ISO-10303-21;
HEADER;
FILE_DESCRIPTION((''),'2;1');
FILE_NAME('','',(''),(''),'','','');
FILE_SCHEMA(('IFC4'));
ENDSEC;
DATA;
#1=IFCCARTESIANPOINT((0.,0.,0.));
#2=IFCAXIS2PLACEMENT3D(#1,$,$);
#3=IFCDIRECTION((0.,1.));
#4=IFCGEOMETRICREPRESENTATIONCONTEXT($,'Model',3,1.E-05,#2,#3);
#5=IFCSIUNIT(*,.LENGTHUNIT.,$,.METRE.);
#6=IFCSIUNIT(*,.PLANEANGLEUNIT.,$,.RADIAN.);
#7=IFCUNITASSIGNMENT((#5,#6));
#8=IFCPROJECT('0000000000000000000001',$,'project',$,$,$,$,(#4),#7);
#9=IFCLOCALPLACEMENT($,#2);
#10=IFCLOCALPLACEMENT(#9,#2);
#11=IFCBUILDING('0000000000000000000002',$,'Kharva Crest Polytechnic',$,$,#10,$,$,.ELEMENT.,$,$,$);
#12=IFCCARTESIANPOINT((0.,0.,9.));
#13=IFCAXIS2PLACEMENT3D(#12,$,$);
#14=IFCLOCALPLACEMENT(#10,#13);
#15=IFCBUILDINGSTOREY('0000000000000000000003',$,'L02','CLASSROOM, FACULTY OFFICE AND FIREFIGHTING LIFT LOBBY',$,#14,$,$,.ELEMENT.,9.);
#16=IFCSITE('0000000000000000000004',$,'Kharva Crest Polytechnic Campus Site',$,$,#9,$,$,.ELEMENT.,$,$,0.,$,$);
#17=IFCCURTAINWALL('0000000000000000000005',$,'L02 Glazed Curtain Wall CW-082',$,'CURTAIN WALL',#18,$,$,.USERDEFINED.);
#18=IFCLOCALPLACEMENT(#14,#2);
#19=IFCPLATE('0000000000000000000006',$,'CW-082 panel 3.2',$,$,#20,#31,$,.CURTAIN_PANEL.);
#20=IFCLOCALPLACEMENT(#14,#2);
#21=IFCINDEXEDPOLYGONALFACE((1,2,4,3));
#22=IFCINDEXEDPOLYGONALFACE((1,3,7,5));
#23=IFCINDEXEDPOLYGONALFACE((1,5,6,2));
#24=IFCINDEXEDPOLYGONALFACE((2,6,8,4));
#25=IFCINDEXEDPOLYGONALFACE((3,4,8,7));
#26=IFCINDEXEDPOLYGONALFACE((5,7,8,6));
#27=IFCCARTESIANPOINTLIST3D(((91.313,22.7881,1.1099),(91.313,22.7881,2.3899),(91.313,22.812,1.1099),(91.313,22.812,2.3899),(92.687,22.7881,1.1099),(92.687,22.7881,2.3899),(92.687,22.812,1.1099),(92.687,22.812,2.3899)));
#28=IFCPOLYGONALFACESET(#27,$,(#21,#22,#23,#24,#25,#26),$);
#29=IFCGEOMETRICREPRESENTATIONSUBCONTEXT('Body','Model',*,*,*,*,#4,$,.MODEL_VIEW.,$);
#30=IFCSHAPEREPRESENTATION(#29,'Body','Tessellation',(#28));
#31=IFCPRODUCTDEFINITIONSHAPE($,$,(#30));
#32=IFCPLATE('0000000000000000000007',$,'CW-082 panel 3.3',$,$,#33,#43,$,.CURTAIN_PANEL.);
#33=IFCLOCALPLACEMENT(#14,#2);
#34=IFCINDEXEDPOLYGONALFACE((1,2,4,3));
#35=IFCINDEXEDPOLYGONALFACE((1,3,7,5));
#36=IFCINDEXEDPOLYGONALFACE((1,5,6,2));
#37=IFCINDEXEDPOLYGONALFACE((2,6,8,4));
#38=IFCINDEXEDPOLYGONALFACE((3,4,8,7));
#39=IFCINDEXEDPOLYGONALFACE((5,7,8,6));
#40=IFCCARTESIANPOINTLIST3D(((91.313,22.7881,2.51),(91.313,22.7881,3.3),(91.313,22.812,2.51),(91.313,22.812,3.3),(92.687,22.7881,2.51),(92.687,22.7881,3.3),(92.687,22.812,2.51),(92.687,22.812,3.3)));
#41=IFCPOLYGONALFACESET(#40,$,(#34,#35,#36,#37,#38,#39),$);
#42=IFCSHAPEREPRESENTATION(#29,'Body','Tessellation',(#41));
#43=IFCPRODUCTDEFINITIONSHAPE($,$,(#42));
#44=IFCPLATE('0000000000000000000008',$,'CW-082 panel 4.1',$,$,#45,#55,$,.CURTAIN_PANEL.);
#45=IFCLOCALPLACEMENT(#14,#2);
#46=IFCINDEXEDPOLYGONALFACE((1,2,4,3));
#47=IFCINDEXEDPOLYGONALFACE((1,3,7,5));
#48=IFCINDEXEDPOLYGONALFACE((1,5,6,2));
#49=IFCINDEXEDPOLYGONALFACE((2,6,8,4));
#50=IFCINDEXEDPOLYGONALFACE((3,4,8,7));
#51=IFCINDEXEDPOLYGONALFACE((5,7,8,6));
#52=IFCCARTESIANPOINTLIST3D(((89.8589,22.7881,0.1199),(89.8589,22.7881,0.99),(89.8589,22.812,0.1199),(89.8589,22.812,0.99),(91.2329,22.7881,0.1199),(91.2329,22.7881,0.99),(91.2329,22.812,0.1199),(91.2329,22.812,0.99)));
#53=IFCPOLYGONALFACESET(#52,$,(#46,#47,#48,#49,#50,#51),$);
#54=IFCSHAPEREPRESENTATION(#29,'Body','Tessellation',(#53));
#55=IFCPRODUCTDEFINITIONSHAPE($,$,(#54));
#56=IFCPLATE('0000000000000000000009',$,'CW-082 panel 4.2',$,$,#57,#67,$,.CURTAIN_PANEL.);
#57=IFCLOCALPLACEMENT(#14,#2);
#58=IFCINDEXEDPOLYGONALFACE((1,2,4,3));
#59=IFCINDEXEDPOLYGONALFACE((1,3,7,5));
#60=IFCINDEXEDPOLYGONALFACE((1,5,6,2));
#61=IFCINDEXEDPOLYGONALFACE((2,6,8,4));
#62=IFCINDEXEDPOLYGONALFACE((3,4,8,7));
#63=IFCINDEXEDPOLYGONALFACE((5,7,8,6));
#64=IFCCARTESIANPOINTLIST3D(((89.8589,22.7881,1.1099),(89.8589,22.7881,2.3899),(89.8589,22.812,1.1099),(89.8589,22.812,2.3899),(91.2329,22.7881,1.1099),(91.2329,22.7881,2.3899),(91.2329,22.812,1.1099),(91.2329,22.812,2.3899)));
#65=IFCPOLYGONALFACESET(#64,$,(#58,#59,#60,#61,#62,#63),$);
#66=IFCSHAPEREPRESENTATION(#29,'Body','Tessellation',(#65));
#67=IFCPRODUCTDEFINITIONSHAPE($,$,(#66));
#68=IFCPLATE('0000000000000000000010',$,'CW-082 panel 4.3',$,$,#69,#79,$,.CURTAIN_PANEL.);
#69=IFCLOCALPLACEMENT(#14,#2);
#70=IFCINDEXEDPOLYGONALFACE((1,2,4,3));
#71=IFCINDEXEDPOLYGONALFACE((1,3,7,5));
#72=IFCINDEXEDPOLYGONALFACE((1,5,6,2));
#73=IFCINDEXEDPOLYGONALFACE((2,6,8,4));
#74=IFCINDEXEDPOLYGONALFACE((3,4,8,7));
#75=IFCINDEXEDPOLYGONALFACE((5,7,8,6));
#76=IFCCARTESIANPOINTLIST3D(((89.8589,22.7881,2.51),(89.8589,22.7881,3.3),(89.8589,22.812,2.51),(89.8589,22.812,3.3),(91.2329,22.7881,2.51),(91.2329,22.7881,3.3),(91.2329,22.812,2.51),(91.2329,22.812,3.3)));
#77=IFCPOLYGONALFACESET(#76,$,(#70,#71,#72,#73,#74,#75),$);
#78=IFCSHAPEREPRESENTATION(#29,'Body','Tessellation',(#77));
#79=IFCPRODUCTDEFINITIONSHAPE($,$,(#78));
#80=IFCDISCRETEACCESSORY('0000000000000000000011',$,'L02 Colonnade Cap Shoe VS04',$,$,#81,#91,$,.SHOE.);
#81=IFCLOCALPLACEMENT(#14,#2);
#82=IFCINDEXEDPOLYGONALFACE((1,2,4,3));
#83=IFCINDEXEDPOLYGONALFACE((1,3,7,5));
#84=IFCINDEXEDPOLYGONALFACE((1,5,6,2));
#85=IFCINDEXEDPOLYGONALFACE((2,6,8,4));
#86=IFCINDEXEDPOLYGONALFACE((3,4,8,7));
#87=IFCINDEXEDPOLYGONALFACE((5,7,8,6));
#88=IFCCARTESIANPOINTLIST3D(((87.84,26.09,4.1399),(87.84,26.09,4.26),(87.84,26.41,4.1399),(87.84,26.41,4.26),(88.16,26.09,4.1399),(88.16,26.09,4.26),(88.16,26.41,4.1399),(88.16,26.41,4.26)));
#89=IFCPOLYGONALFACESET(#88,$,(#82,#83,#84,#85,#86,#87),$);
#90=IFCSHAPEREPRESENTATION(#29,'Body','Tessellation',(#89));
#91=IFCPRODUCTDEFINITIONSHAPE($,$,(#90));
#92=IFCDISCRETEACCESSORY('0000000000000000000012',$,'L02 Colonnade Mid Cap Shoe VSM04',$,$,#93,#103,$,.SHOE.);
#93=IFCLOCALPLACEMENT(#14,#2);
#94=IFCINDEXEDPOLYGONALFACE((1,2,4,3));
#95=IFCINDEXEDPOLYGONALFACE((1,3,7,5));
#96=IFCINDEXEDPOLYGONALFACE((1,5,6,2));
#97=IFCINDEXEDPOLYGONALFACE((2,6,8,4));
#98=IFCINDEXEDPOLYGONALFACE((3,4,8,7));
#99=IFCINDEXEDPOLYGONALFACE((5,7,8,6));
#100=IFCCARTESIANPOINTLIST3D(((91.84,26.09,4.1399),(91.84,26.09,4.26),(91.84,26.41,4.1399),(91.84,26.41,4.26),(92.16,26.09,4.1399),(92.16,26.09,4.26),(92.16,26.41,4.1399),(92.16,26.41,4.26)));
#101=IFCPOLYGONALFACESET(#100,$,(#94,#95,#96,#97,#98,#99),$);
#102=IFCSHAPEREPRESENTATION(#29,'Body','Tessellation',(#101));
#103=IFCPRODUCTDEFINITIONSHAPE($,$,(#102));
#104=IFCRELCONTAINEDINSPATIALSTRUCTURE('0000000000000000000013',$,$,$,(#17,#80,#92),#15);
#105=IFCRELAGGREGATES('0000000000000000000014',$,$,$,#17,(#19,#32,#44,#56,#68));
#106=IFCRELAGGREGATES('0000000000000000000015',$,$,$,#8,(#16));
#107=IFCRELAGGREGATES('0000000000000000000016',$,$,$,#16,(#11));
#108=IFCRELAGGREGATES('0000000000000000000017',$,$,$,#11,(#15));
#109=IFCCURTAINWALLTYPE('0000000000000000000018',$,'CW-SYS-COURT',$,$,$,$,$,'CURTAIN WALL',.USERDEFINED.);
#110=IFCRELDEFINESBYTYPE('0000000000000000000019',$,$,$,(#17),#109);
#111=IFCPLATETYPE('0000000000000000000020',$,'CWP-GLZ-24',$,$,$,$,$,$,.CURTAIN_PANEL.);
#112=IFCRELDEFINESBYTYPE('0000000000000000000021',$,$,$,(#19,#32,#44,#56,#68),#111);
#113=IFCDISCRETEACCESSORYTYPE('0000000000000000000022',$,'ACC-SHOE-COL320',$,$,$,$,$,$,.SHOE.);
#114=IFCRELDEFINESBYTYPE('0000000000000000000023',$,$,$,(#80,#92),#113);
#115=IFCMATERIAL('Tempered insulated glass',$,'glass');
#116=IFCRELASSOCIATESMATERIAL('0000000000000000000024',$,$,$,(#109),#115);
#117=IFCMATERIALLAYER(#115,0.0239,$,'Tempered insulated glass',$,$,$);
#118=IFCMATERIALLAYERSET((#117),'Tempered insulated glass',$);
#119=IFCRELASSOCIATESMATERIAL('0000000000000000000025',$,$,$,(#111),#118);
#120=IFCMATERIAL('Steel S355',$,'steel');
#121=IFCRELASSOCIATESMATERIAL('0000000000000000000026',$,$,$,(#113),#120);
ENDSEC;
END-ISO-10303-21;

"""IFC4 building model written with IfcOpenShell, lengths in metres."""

from ifc_helpers import new_model, si_unit, direction, frame, origin, origin_2d, place, context, subcontext, project, spatial, rectangle, extrude, material, layer, layer_set, type_object, element, aggregate, save


model = new_model("IFC4")

# Units and contexts
model_context = context("Model", 3, precision=1e-05, world=origin(), true_north=direction((0.0, 1.0)))
body_context = subcontext(model_context, "Body", "Model", "MODEL_VIEW")
ifc_project = project(units=[si_unit("LENGTHUNIT", "METRE"), si_unit("PLANEANGLEUNIT", "RADIAN")], contexts=[model_context])

# Site, building, storey
site_placement = place(None, origin())
site = spatial("IfcSite", under=ifc_project, at=site_placement, Name="Kharva Crest Polytechnic Campus Site", CompositionType="ELEMENT", RefElevation=0.0)
building_placement = place(site_placement, origin())
building = spatial("IfcBuilding", under=site, at=building_placement, Name="Kharva Crest Polytechnic", CompositionType="ELEMENT")
storey_placement = place(building_placement, frame((0.0, 0.0, 9.0)))
storey = spatial("IfcBuildingStorey", under=building, at=storey_placement, Name="L02", Description="CLASSROOM, FACULTY OFFICE AND FIREFIGHTING LIFT LOBBY", CompositionType="ELEMENT", Elevation=9.0)

# Shared definitions
ifc_material_1 = material(Name="Steel S355", Category="steel")

# Curtain wall, plates
ifc_material_2 = material(Name="Tempered insulated glass", Category="glass")
curtain_wall_type = type_object("IfcCurtainWallType", Name="CW-SYS-COURT", ElementType="CURTAIN WALL", PredefinedType="USERDEFINED", material=ifc_material_2)
curtain_wall_placement = place(storey_placement, origin())
curtain_wall = element("IfcCurtainWall", 1, at=curtain_wall_placement, inside=storey, type_object=curtain_wall_type, Name="L02 Glazed Curtain Wall CW-082", ObjectType="CURTAIN WALL", PredefinedType="USERDEFINED")
ifc_layer = layer(ifc_material_2, 0.0239, Name="Tempered insulated glass")
ifc_layer_set = layer_set([ifc_layer], Name="Tempered insulated glass")
plate_type = type_object("IfcPlateType", Name="CWP-GLZ-24", PredefinedType="CURTAIN_PANEL", material=ifc_layer_set)
plate_1_placement = place(storey_placement, frame((92.0, 22.8, 1.1099), z_axis=(0.0, 0.0, 1.0), x_axis=(-1.0, 0.0, 0.0)))
plate_1 = element("IfcPlate", 2, at=plate_1_placement, type_object=plate_type, Name="CW-082 panel 3.2", PredefinedType="CURTAIN_PANEL", context=body_context, shape_type="SweptSolid", body=[
    extrude(rectangle(XDim=1.374, YDim=0.0239, at=origin_2d()), origin(), (0.0, 0.0, 1.0), 1.28),
])
plate_2_placement = place(storey_placement, frame((92.0, 22.8, 2.51), z_axis=(0.0, 0.0, 1.0), x_axis=(-1.0, 0.0, 0.0)))
plate_2 = element("IfcPlate", 3, at=plate_2_placement, type_object=plate_type, Name="CW-082 panel 3.3", PredefinedType="CURTAIN_PANEL", context=body_context, shape_type="SweptSolid", body=[
    extrude(rectangle(XDim=1.374, YDim=0.0239, at=origin_2d()), origin(), (0.0, 0.0, 1.0), 0.79),
])
plate_3_placement = place(storey_placement, frame((90.5459, 22.8, 0.1199), z_axis=(0.0, 0.0, 1.0), x_axis=(-1.0, 0.0, 0.0)))
plate_3 = element("IfcPlate", 4, at=plate_3_placement, type_object=plate_type, Name="CW-082 panel 4.1", PredefinedType="CURTAIN_PANEL", context=body_context, shape_type="SweptSolid", body=[
    extrude(rectangle(XDim=1.374, YDim=0.0239, at=origin_2d()), origin(), (0.0, 0.0, 1.0), 0.8701),
])
plate_4_placement = place(storey_placement, frame((90.5459, 22.8, 1.1099), z_axis=(0.0, 0.0, 1.0), x_axis=(-1.0, 0.0, 0.0)))
plate_4 = element("IfcPlate", 5, at=plate_4_placement, type_object=plate_type, Name="CW-082 panel 4.2", PredefinedType="CURTAIN_PANEL", context=body_context, shape_type="SweptSolid", body=[
    extrude(rectangle(XDim=1.374, YDim=0.0239, at=origin_2d()), origin(), (0.0, 0.0, 1.0), 1.28),
])
plate_5_placement = place(storey_placement, frame((90.5459, 22.8, 2.51), z_axis=(0.0, 0.0, 1.0), x_axis=(-1.0, 0.0, 0.0)))
plate_5 = element("IfcPlate", 6, at=plate_5_placement, type_object=plate_type, Name="CW-082 panel 4.3", PredefinedType="CURTAIN_PANEL", context=body_context, shape_type="SweptSolid", body=[
    extrude(rectangle(XDim=1.374, YDim=0.0239, at=origin_2d()), origin(), (0.0, 0.0, 1.0), 0.79),
])
aggregate(curtain_wall, [plate_1, plate_2, plate_3, plate_4, plate_5])

# Discrete accessories
discrete_accessory_type = type_object("IfcDiscreteAccessoryType", Name="ACC-SHOE-COL320", PredefinedType="SHOE", material=ifc_material_1)
for number, where, z_axis, x_axis, name in (
    (7, (88.0, 26.25, 4.1399), (0.0, 0.0, 1.0), (1.0, 0.0, 0.0), "L02 Colonnade Cap Shoe VS04"),
    (8, (92.0, 26.25, 4.1399), (0.0, 0.0, 1.0), (1.0, 0.0, 0.0), "L02 Colonnade Mid Cap Shoe VSM04"),
):
    element("IfcDiscreteAccessory", number, at=place(storey_placement, frame(where, z_axis=z_axis, x_axis=x_axis)), inside=storey, type_object=discrete_accessory_type, Name=name, PredefinedType="SHOE", context=body_context, shape_type="SweptSolid", body=[
        extrude(rectangle(XDim=0.3201, YDim=0.3201, at=origin_2d()), origin(), (0.0, 0.0, 1.0), 0.1201),
    ])

save(model, "model.ifc")
